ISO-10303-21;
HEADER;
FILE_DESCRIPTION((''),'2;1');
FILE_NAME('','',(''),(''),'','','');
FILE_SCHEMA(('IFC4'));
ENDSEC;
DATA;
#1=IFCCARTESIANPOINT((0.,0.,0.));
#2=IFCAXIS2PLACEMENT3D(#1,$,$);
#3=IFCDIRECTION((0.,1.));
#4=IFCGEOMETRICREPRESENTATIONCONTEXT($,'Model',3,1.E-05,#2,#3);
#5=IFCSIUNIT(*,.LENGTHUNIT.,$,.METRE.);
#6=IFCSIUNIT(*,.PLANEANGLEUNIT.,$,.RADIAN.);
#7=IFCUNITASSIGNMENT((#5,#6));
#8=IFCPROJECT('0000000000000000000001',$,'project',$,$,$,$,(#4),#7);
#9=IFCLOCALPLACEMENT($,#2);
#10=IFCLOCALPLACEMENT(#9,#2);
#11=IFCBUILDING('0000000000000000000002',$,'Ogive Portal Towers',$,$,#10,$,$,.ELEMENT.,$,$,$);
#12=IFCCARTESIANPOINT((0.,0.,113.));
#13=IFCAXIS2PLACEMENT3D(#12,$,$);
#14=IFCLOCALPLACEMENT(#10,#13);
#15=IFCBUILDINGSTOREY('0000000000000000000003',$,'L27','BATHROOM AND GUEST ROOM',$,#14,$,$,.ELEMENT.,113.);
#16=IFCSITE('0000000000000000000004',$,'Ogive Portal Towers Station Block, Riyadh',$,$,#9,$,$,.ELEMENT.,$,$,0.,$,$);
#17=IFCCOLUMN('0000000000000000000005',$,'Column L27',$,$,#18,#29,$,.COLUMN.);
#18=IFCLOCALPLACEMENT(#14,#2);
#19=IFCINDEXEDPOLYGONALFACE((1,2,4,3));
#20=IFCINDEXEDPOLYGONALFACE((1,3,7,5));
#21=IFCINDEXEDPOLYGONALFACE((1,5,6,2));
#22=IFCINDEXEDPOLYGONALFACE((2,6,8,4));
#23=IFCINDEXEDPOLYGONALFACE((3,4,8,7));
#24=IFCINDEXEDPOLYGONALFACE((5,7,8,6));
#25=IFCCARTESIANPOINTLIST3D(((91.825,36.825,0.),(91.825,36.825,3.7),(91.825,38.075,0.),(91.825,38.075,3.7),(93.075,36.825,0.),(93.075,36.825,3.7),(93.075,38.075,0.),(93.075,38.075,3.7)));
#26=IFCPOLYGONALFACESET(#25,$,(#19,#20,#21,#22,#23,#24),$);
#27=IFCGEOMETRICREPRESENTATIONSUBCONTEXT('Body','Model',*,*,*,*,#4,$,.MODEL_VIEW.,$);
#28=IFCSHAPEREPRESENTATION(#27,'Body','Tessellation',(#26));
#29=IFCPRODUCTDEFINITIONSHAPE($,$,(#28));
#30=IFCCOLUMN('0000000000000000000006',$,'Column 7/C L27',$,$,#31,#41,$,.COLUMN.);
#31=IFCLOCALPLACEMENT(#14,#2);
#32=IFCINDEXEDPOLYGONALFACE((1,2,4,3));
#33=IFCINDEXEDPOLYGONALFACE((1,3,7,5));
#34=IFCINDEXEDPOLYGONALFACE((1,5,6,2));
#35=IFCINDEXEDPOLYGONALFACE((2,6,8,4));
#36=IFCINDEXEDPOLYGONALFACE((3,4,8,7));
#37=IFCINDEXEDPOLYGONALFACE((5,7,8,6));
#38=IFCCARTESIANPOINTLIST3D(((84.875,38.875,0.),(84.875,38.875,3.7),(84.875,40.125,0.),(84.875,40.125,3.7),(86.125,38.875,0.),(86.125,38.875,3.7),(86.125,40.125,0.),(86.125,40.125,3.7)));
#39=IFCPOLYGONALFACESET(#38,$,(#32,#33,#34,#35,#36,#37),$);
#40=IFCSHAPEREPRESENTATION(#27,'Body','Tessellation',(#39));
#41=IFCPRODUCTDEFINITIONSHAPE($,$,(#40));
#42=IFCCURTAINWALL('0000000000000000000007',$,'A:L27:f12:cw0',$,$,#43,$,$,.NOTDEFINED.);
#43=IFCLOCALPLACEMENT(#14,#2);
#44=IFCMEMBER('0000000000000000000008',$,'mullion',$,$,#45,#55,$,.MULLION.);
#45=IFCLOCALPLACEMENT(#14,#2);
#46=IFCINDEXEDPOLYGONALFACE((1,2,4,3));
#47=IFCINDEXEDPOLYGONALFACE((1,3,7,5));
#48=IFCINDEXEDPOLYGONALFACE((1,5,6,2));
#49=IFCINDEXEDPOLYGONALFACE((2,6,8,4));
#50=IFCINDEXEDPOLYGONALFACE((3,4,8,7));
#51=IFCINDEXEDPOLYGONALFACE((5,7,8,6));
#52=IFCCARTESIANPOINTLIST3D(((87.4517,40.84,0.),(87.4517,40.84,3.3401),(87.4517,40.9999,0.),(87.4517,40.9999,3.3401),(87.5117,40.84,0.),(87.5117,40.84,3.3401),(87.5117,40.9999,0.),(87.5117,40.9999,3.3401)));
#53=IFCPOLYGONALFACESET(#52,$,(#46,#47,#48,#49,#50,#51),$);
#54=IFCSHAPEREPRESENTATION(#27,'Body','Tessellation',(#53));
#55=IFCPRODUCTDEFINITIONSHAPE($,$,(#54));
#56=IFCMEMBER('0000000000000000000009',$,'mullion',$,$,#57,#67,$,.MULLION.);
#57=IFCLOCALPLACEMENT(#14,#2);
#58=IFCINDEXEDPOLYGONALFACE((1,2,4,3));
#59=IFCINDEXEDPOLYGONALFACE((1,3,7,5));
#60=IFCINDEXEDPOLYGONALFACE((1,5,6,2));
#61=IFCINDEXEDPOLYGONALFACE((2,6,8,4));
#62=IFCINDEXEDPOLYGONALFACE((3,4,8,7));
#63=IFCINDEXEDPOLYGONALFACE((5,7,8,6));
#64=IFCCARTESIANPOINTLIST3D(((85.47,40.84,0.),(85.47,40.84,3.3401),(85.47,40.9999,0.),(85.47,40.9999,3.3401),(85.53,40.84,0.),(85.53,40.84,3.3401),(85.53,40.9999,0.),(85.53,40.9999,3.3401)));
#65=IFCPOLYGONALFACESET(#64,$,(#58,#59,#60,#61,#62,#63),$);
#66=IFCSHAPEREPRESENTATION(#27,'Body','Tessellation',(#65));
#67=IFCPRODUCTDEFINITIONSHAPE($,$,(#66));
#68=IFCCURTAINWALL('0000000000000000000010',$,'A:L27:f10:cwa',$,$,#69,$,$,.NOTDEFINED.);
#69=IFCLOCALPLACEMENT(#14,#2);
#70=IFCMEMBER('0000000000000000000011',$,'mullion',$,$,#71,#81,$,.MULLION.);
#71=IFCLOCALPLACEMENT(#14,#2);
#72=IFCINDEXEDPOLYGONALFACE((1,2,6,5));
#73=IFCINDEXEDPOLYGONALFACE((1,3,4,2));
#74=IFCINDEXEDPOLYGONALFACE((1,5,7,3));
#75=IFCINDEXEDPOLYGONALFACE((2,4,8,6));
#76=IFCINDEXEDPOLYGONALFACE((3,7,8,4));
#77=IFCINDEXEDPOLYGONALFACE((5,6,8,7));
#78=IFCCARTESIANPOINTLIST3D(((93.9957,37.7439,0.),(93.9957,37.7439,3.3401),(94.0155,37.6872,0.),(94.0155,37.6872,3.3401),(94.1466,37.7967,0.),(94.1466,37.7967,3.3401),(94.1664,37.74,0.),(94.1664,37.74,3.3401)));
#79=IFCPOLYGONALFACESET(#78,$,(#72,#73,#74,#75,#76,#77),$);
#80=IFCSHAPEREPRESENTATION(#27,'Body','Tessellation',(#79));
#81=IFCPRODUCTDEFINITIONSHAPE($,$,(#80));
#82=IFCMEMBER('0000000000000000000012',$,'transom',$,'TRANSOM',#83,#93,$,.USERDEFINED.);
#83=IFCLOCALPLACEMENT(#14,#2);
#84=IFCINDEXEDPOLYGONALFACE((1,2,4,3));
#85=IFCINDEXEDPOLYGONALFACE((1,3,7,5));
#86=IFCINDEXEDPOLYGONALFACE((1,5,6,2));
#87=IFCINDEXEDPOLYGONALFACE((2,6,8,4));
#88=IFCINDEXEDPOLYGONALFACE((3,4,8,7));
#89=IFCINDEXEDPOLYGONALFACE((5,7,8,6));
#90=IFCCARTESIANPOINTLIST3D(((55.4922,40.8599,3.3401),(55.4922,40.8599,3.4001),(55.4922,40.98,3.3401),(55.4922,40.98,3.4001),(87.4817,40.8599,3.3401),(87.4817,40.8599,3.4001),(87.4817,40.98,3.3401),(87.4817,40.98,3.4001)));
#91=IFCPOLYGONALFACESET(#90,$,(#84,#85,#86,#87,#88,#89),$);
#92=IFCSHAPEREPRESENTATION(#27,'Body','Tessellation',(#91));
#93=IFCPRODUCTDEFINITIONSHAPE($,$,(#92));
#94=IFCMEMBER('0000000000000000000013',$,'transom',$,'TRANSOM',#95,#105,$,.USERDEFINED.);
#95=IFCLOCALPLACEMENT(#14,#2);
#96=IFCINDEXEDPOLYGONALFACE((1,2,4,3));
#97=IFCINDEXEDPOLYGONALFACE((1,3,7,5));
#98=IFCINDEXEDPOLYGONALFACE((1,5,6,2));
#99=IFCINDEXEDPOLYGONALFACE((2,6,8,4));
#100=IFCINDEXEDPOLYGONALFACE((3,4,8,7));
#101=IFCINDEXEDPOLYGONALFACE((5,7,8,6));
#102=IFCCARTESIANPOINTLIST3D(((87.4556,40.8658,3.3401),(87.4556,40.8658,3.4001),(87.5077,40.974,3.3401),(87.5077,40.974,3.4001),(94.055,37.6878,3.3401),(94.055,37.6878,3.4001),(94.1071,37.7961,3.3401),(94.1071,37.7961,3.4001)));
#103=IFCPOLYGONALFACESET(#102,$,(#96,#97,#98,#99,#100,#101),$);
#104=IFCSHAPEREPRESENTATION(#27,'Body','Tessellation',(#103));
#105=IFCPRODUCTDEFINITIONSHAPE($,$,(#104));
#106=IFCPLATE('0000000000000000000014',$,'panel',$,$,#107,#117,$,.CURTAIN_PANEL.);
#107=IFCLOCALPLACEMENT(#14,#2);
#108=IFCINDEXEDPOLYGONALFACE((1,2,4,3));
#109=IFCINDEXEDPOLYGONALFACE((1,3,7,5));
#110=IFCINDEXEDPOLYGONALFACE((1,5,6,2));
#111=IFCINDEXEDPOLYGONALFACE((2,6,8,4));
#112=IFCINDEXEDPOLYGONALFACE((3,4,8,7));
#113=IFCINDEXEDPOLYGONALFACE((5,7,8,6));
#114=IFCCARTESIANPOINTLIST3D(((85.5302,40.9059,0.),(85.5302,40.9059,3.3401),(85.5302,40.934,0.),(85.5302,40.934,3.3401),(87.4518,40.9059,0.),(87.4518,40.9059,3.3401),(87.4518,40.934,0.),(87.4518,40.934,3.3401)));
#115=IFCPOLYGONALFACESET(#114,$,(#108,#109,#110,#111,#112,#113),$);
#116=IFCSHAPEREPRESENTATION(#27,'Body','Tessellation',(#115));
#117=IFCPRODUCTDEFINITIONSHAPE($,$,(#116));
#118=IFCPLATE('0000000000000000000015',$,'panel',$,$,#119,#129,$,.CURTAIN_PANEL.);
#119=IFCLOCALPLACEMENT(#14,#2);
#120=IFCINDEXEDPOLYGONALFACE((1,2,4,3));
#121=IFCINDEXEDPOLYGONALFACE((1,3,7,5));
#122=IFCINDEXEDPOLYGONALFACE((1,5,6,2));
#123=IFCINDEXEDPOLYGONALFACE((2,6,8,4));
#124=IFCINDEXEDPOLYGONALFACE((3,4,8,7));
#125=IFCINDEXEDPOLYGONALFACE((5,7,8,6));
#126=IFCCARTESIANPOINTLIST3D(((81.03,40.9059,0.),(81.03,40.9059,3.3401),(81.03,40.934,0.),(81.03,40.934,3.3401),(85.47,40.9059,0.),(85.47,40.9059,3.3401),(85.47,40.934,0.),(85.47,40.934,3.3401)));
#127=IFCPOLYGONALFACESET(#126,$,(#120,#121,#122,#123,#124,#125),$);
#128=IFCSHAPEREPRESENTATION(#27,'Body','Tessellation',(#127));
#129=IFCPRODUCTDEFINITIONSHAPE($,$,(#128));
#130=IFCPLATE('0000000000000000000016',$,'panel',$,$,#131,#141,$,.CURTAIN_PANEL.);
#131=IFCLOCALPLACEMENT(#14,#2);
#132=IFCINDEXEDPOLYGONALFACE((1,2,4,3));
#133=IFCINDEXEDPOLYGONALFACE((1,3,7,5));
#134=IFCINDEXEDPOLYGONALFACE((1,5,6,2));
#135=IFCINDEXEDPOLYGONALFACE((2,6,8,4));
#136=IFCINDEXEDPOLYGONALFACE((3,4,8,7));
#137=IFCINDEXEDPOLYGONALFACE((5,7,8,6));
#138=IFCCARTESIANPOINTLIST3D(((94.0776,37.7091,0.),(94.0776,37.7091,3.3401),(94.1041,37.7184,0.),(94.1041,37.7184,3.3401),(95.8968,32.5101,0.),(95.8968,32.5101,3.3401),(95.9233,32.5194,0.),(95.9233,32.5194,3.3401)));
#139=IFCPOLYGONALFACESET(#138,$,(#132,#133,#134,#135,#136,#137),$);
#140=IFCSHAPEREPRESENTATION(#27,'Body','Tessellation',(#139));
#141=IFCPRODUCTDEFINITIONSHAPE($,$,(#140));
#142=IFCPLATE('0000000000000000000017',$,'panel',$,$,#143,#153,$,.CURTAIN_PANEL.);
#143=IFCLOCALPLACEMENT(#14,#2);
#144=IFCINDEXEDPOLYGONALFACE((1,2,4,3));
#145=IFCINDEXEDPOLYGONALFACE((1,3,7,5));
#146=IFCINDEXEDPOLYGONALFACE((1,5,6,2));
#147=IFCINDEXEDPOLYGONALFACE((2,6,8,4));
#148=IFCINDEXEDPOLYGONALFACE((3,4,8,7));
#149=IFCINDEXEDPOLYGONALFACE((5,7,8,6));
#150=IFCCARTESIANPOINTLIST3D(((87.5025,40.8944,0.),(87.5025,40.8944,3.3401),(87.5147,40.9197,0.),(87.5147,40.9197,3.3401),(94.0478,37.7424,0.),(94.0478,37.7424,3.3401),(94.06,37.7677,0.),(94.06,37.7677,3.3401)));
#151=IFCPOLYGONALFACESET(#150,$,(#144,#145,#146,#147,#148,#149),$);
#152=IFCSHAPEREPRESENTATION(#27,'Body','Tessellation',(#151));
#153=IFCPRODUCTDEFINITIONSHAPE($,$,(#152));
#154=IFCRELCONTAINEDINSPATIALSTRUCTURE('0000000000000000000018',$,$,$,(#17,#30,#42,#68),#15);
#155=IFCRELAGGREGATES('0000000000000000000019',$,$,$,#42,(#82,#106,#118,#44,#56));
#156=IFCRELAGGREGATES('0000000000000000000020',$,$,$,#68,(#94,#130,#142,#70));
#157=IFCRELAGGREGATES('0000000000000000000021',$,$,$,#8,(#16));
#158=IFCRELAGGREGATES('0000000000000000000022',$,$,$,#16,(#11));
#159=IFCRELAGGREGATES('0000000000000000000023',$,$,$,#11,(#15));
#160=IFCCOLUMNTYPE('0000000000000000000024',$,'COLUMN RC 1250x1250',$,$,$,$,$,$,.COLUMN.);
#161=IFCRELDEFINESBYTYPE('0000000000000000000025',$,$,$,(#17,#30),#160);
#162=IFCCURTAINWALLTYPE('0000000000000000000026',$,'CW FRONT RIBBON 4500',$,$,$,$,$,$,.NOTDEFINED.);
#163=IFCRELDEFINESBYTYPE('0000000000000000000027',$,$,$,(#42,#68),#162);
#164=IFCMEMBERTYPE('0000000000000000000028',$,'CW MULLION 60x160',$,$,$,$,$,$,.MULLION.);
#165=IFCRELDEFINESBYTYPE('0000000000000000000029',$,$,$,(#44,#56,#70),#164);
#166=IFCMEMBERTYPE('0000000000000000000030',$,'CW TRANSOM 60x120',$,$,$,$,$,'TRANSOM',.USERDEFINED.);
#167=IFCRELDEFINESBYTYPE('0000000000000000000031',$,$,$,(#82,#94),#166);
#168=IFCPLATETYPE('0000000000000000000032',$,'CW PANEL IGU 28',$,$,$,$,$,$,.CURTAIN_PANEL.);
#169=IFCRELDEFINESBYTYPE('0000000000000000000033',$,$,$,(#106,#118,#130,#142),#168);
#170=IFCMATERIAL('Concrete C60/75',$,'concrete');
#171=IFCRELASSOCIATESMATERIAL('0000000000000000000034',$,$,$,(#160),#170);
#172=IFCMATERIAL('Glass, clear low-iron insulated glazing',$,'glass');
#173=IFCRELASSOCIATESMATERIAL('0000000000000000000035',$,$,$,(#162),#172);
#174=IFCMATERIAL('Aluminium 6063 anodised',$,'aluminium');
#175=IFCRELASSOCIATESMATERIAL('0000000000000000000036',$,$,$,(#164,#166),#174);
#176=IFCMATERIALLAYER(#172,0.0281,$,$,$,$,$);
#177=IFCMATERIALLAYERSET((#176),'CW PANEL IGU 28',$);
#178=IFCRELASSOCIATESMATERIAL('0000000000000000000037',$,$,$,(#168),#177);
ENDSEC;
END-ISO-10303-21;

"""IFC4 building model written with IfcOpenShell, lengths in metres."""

from ifc_helpers import new_model, si_unit, direction, frame, origin, origin_2d, place, context, subcontext, project, spatial, rectangle, extrude, material, layer, layer_set, material_profile, profile_set, type_object, element, aggregate, save


model = new_model("IFC4")

# Units and contexts
model_context = context("Model", 3, precision=1e-05, world=origin(), true_north=direction((0.0, 1.0)))
body_context = subcontext(model_context, "Body", "Model", "MODEL_VIEW")
ifc_project = project(units=[si_unit("LENGTHUNIT", "METRE"), si_unit("PLANEANGLEUNIT", "RADIAN")], contexts=[model_context])

# Site, building, storey
site_placement = place(None, origin())
site = spatial("IfcSite", under=ifc_project, at=site_placement, Name="Ogive Portal Towers Station Block, Riyadh", CompositionType="ELEMENT", RefElevation=0.0)
building_placement = place(site_placement, origin())
building = spatial("IfcBuilding", under=site, at=building_placement, Name="Ogive Portal Towers", CompositionType="ELEMENT")
storey_placement = place(building_placement, frame((0.0, 0.0, 113.0)))
storey = spatial("IfcBuildingStorey", under=building, at=storey_placement, Name="L27", Description="BATHROOM AND GUEST ROOM", CompositionType="ELEMENT", Elevation=113.0)

# Columns
ifc_material_1 = material(Name="Concrete C60/75", Category="concrete")
ifc_material_profile_1 = material_profile(ifc_material_1, rectangle(XDim=1.25, YDim=1.25, at=origin_2d()), Name="RC 1250x1250")
ifc_profile_set_1 = profile_set([ifc_material_profile_1], Name="Concrete C60/75")
column_type = type_object("IfcColumnType", Name="COLUMN RC 1250x1250", PredefinedType="COLUMN", material=ifc_profile_set_1)
for number, where, z_axis, x_axis, name in (
    (1, (92.45, 37.45, 0.0), (0.0, 0.0, 1.0), (1.0, 0.0, 0.0), "Column L27"),
    (2, (85.5, 39.5, 0.0), (0.0, 0.0, 1.0), (1.0, 0.0, 0.0), "Column 7/C L27"),
):
    element("IfcColumn", number, at=place(storey_placement, frame(where, z_axis=z_axis, x_axis=x_axis)), inside=storey, type_object=column_type, Name=name, PredefinedType="COLUMN", context=body_context, shape_type="SweptSolid", body=[
        extrude(rectangle(XDim=1.25, YDim=1.25, at=origin_2d()), origin(), (0.0, 0.0, 1.0), 3.7),
    ])

# Curtain wall, members
ifc_material_2 = material(Name="Glass, clear low-iron insulated glazing", Category="glass")
curtain_wall_type = type_object("IfcCurtainWallType", Name="CW FRONT RIBBON 4500", PredefinedType="NOTDEFINED", material=ifc_material_2)
curtain_wall_1_placement = place(storey_placement, origin())
curtain_wall_1 = element("IfcCurtainWall", 3, at=curtain_wall_1_placement, inside=storey, type_object=curtain_wall_type, Name="A:L27:f12:cw0", PredefinedType="NOTDEFINED")
ifc_material_3 = material(Name="Aluminium 6063 anodised", Category="aluminium")
ifc_material_profile_2 = material_profile(ifc_material_3, rectangle(XDim=0.1599, YDim=0.0601, at=origin_2d()), Name="AL 60x160")
ifc_profile_set_2 = profile_set([ifc_material_profile_2], Name="Aluminium 6063 anodised")
member_type_1 = type_object("IfcMemberType", Name="CW MULLION 60x160", PredefinedType="MULLION", material=ifc_profile_set_2)
member_1_placement = place(storey_placement, frame((87.4817, 40.9199, 0.0), z_axis=(0.0, 0.0, 1.0), x_axis=(0.0, -1.0, 0.0)))
member_1 = element("IfcMember", 4, at=member_1_placement, type_object=member_type_1, Name="mullion", PredefinedType="MULLION", context=body_context, shape_type="SweptSolid", body=[
    extrude(rectangle(XDim=0.1599, YDim=0.0601, at=origin_2d()), origin(), (0.0, 0.0, 1.0), 3.3401),
])
member_2_placement = place(storey_placement, frame((85.5, 40.9199, 0.0), z_axis=(0.0, 0.0, 1.0), x_axis=(0.0, -1.0, 0.0)))
member_2 = element("IfcMember", 5, at=member_2_placement, type_object=member_type_1, Name="mullion", PredefinedType="MULLION", context=body_context, shape_type="SweptSolid", body=[
    extrude(rectangle(XDim=0.1599, YDim=0.0601, at=origin_2d()), origin(), (0.0, 0.0, 1.0), 3.3401),
])

# Curtain wall, member
curtain_wall_2_placement = place(storey_placement, origin())
curtain_wall_2 = element("IfcCurtainWall", 6, at=curtain_wall_2_placement, inside=storey, type_object=curtain_wall_type, Name="A:L27:f10:cwa", PredefinedType="NOTDEFINED")
member_3_placement = place(storey_placement, frame((94.0811, 37.7419, 0.0), z_axis=(0.0, 0.0, 1.0), x_axis=(-0.943883, -0.330279, 0.0)))
member_3 = element("IfcMember", 7, at=member_3_placement, type_object=member_type_1, Name="mullion", PredefinedType="MULLION", context=body_context, shape_type="SweptSolid", body=[
    extrude(rectangle(XDim=0.1599, YDim=0.0601, at=origin_2d()), origin(), (0.0, 0.0, 1.0), 3.3401),
])

# Members
ifc_material_profile_3 = material_profile(ifc_material_3, rectangle(XDim=0.1201, YDim=0.0601, at=origin_2d()), Name="AL 120x60")
ifc_profile_set_3 = profile_set([ifc_material_profile_3], Name="Aluminium 6063 anodised")
member_type_2 = type_object("IfcMemberType", Name="CW TRANSOM 60x120", ElementType="TRANSOM", PredefinedType="USERDEFINED", material=ifc_profile_set_3)
member_4_placement = place(storey_placement, frame((87.4817, 40.9199, 3.3701), z_axis=(-1.0, 0.0, 0.0), x_axis=(0.0, -1.0, 0.0)))
member_4 = element("IfcMember", 8, at=member_4_placement, type_object=member_type_2, Name="transom", ObjectType="TRANSOM", PredefinedType="USERDEFINED", context=body_context, shape_type="SweptSolid", body=[
    extrude(rectangle(XDim=0.1201, YDim=0.0601, at=origin_2d()), origin(), (0.0, 0.0, 1.0), 31.9895),
])
member_5_placement = place(storey_placement, frame((94.0811, 37.7419, 3.3701), z_axis=(-0.900975, 0.433872, 0.0), x_axis=(-0.433872, -0.900975, 0.0)))
member_5 = element("IfcMember", 9, at=member_5_placement, type_object=member_type_2, Name="transom", ObjectType="TRANSOM", PredefinedType="USERDEFINED", context=body_context, shape_type="SweptSolid", body=[
    extrude(rectangle(XDim=0.1201, YDim=0.0601, at=origin_2d()), origin(), (0.0, 0.0, 1.0), 7.3247),
])

# Plates
ifc_layer_1 = layer(ifc_material_2, 0.0281)
ifc_layer_set_1 = layer_set([ifc_layer_1], Name="CW PANEL IGU 28")
plate_type = type_object("IfcPlateType", Name="CW PANEL IGU 28", PredefinedType="CURTAIN_PANEL", material=ifc_layer_set_1)
plate_1_placement = place(storey_placement, frame((86.491, 40.9199, 0.0), z_axis=(0.0, 0.0, 1.0), x_axis=(-1.0, 0.0, 0.0)))
plate_1 = element("IfcPlate", 10, at=plate_1_placement, type_object=plate_type, Name="panel", PredefinedType="CURTAIN_PANEL", context=body_context, shape_type="SweptSolid", body=[
    extrude(rectangle(XDim=1.9216, YDim=0.0281, at=origin_2d()), origin(), (0.0, 0.0, 1.0), 3.3401),
])
plate_2_placement = place(storey_placement, frame((83.25, 40.9199, 0.0), z_axis=(0.0, 0.0, 1.0), x_axis=(-1.0, 0.0, 0.0)))
plate_2 = element("IfcPlate", 11, at=plate_2_placement, type_object=plate_type, Name="panel", PredefinedType="CURTAIN_PANEL", context=body_context, shape_type="SweptSolid", body=[
    extrude(rectangle(XDim=4.4399, YDim=0.0281, at=origin_2d()), origin(), (0.0, 0.0, 1.0), 3.3401),
])
aggregate(curtain_wall_1, [member_4, plate_1, plate_2, member_1, member_2])
plate_3_placement = place(storey_placement, frame((95.0005, 35.1143, 0.0), z_axis=(0.0, 0.0, 1.0), x_axis=(-0.330279, 0.943883, 0.0)))
plate_3 = element("IfcPlate", 12, at=plate_3_placement, type_object=plate_type, Name="panel", PredefinedType="CURTAIN_PANEL", context=body_context, shape_type="SweptSolid", body=[
    extrude(rectangle(XDim=5.5081, YDim=0.0281, at=origin_2d()), origin(), (0.0, 0.0, 1.0), 3.3401),
])
plate_4_placement = place(storey_placement, frame((90.7812, 39.3311, 0.0), z_axis=(0.0, 0.0, 1.0), x_axis=(-0.900969, 0.433884, 0.0)))
plate_4 = element("IfcPlate", 13, at=plate_4_placement, type_object=plate_type, Name="panel", PredefinedType="CURTAIN_PANEL", context=body_context, shape_type="SweptSolid", body=[
    extrude(rectangle(XDim=7.2646, YDim=0.0281, at=origin_2d()), origin(), (0.0, 0.0, 1.0), 3.3401),
])
aggregate(curtain_wall_2, [member_5, plate_3, plate_4, member_3])

save(model, "model.ifc")
